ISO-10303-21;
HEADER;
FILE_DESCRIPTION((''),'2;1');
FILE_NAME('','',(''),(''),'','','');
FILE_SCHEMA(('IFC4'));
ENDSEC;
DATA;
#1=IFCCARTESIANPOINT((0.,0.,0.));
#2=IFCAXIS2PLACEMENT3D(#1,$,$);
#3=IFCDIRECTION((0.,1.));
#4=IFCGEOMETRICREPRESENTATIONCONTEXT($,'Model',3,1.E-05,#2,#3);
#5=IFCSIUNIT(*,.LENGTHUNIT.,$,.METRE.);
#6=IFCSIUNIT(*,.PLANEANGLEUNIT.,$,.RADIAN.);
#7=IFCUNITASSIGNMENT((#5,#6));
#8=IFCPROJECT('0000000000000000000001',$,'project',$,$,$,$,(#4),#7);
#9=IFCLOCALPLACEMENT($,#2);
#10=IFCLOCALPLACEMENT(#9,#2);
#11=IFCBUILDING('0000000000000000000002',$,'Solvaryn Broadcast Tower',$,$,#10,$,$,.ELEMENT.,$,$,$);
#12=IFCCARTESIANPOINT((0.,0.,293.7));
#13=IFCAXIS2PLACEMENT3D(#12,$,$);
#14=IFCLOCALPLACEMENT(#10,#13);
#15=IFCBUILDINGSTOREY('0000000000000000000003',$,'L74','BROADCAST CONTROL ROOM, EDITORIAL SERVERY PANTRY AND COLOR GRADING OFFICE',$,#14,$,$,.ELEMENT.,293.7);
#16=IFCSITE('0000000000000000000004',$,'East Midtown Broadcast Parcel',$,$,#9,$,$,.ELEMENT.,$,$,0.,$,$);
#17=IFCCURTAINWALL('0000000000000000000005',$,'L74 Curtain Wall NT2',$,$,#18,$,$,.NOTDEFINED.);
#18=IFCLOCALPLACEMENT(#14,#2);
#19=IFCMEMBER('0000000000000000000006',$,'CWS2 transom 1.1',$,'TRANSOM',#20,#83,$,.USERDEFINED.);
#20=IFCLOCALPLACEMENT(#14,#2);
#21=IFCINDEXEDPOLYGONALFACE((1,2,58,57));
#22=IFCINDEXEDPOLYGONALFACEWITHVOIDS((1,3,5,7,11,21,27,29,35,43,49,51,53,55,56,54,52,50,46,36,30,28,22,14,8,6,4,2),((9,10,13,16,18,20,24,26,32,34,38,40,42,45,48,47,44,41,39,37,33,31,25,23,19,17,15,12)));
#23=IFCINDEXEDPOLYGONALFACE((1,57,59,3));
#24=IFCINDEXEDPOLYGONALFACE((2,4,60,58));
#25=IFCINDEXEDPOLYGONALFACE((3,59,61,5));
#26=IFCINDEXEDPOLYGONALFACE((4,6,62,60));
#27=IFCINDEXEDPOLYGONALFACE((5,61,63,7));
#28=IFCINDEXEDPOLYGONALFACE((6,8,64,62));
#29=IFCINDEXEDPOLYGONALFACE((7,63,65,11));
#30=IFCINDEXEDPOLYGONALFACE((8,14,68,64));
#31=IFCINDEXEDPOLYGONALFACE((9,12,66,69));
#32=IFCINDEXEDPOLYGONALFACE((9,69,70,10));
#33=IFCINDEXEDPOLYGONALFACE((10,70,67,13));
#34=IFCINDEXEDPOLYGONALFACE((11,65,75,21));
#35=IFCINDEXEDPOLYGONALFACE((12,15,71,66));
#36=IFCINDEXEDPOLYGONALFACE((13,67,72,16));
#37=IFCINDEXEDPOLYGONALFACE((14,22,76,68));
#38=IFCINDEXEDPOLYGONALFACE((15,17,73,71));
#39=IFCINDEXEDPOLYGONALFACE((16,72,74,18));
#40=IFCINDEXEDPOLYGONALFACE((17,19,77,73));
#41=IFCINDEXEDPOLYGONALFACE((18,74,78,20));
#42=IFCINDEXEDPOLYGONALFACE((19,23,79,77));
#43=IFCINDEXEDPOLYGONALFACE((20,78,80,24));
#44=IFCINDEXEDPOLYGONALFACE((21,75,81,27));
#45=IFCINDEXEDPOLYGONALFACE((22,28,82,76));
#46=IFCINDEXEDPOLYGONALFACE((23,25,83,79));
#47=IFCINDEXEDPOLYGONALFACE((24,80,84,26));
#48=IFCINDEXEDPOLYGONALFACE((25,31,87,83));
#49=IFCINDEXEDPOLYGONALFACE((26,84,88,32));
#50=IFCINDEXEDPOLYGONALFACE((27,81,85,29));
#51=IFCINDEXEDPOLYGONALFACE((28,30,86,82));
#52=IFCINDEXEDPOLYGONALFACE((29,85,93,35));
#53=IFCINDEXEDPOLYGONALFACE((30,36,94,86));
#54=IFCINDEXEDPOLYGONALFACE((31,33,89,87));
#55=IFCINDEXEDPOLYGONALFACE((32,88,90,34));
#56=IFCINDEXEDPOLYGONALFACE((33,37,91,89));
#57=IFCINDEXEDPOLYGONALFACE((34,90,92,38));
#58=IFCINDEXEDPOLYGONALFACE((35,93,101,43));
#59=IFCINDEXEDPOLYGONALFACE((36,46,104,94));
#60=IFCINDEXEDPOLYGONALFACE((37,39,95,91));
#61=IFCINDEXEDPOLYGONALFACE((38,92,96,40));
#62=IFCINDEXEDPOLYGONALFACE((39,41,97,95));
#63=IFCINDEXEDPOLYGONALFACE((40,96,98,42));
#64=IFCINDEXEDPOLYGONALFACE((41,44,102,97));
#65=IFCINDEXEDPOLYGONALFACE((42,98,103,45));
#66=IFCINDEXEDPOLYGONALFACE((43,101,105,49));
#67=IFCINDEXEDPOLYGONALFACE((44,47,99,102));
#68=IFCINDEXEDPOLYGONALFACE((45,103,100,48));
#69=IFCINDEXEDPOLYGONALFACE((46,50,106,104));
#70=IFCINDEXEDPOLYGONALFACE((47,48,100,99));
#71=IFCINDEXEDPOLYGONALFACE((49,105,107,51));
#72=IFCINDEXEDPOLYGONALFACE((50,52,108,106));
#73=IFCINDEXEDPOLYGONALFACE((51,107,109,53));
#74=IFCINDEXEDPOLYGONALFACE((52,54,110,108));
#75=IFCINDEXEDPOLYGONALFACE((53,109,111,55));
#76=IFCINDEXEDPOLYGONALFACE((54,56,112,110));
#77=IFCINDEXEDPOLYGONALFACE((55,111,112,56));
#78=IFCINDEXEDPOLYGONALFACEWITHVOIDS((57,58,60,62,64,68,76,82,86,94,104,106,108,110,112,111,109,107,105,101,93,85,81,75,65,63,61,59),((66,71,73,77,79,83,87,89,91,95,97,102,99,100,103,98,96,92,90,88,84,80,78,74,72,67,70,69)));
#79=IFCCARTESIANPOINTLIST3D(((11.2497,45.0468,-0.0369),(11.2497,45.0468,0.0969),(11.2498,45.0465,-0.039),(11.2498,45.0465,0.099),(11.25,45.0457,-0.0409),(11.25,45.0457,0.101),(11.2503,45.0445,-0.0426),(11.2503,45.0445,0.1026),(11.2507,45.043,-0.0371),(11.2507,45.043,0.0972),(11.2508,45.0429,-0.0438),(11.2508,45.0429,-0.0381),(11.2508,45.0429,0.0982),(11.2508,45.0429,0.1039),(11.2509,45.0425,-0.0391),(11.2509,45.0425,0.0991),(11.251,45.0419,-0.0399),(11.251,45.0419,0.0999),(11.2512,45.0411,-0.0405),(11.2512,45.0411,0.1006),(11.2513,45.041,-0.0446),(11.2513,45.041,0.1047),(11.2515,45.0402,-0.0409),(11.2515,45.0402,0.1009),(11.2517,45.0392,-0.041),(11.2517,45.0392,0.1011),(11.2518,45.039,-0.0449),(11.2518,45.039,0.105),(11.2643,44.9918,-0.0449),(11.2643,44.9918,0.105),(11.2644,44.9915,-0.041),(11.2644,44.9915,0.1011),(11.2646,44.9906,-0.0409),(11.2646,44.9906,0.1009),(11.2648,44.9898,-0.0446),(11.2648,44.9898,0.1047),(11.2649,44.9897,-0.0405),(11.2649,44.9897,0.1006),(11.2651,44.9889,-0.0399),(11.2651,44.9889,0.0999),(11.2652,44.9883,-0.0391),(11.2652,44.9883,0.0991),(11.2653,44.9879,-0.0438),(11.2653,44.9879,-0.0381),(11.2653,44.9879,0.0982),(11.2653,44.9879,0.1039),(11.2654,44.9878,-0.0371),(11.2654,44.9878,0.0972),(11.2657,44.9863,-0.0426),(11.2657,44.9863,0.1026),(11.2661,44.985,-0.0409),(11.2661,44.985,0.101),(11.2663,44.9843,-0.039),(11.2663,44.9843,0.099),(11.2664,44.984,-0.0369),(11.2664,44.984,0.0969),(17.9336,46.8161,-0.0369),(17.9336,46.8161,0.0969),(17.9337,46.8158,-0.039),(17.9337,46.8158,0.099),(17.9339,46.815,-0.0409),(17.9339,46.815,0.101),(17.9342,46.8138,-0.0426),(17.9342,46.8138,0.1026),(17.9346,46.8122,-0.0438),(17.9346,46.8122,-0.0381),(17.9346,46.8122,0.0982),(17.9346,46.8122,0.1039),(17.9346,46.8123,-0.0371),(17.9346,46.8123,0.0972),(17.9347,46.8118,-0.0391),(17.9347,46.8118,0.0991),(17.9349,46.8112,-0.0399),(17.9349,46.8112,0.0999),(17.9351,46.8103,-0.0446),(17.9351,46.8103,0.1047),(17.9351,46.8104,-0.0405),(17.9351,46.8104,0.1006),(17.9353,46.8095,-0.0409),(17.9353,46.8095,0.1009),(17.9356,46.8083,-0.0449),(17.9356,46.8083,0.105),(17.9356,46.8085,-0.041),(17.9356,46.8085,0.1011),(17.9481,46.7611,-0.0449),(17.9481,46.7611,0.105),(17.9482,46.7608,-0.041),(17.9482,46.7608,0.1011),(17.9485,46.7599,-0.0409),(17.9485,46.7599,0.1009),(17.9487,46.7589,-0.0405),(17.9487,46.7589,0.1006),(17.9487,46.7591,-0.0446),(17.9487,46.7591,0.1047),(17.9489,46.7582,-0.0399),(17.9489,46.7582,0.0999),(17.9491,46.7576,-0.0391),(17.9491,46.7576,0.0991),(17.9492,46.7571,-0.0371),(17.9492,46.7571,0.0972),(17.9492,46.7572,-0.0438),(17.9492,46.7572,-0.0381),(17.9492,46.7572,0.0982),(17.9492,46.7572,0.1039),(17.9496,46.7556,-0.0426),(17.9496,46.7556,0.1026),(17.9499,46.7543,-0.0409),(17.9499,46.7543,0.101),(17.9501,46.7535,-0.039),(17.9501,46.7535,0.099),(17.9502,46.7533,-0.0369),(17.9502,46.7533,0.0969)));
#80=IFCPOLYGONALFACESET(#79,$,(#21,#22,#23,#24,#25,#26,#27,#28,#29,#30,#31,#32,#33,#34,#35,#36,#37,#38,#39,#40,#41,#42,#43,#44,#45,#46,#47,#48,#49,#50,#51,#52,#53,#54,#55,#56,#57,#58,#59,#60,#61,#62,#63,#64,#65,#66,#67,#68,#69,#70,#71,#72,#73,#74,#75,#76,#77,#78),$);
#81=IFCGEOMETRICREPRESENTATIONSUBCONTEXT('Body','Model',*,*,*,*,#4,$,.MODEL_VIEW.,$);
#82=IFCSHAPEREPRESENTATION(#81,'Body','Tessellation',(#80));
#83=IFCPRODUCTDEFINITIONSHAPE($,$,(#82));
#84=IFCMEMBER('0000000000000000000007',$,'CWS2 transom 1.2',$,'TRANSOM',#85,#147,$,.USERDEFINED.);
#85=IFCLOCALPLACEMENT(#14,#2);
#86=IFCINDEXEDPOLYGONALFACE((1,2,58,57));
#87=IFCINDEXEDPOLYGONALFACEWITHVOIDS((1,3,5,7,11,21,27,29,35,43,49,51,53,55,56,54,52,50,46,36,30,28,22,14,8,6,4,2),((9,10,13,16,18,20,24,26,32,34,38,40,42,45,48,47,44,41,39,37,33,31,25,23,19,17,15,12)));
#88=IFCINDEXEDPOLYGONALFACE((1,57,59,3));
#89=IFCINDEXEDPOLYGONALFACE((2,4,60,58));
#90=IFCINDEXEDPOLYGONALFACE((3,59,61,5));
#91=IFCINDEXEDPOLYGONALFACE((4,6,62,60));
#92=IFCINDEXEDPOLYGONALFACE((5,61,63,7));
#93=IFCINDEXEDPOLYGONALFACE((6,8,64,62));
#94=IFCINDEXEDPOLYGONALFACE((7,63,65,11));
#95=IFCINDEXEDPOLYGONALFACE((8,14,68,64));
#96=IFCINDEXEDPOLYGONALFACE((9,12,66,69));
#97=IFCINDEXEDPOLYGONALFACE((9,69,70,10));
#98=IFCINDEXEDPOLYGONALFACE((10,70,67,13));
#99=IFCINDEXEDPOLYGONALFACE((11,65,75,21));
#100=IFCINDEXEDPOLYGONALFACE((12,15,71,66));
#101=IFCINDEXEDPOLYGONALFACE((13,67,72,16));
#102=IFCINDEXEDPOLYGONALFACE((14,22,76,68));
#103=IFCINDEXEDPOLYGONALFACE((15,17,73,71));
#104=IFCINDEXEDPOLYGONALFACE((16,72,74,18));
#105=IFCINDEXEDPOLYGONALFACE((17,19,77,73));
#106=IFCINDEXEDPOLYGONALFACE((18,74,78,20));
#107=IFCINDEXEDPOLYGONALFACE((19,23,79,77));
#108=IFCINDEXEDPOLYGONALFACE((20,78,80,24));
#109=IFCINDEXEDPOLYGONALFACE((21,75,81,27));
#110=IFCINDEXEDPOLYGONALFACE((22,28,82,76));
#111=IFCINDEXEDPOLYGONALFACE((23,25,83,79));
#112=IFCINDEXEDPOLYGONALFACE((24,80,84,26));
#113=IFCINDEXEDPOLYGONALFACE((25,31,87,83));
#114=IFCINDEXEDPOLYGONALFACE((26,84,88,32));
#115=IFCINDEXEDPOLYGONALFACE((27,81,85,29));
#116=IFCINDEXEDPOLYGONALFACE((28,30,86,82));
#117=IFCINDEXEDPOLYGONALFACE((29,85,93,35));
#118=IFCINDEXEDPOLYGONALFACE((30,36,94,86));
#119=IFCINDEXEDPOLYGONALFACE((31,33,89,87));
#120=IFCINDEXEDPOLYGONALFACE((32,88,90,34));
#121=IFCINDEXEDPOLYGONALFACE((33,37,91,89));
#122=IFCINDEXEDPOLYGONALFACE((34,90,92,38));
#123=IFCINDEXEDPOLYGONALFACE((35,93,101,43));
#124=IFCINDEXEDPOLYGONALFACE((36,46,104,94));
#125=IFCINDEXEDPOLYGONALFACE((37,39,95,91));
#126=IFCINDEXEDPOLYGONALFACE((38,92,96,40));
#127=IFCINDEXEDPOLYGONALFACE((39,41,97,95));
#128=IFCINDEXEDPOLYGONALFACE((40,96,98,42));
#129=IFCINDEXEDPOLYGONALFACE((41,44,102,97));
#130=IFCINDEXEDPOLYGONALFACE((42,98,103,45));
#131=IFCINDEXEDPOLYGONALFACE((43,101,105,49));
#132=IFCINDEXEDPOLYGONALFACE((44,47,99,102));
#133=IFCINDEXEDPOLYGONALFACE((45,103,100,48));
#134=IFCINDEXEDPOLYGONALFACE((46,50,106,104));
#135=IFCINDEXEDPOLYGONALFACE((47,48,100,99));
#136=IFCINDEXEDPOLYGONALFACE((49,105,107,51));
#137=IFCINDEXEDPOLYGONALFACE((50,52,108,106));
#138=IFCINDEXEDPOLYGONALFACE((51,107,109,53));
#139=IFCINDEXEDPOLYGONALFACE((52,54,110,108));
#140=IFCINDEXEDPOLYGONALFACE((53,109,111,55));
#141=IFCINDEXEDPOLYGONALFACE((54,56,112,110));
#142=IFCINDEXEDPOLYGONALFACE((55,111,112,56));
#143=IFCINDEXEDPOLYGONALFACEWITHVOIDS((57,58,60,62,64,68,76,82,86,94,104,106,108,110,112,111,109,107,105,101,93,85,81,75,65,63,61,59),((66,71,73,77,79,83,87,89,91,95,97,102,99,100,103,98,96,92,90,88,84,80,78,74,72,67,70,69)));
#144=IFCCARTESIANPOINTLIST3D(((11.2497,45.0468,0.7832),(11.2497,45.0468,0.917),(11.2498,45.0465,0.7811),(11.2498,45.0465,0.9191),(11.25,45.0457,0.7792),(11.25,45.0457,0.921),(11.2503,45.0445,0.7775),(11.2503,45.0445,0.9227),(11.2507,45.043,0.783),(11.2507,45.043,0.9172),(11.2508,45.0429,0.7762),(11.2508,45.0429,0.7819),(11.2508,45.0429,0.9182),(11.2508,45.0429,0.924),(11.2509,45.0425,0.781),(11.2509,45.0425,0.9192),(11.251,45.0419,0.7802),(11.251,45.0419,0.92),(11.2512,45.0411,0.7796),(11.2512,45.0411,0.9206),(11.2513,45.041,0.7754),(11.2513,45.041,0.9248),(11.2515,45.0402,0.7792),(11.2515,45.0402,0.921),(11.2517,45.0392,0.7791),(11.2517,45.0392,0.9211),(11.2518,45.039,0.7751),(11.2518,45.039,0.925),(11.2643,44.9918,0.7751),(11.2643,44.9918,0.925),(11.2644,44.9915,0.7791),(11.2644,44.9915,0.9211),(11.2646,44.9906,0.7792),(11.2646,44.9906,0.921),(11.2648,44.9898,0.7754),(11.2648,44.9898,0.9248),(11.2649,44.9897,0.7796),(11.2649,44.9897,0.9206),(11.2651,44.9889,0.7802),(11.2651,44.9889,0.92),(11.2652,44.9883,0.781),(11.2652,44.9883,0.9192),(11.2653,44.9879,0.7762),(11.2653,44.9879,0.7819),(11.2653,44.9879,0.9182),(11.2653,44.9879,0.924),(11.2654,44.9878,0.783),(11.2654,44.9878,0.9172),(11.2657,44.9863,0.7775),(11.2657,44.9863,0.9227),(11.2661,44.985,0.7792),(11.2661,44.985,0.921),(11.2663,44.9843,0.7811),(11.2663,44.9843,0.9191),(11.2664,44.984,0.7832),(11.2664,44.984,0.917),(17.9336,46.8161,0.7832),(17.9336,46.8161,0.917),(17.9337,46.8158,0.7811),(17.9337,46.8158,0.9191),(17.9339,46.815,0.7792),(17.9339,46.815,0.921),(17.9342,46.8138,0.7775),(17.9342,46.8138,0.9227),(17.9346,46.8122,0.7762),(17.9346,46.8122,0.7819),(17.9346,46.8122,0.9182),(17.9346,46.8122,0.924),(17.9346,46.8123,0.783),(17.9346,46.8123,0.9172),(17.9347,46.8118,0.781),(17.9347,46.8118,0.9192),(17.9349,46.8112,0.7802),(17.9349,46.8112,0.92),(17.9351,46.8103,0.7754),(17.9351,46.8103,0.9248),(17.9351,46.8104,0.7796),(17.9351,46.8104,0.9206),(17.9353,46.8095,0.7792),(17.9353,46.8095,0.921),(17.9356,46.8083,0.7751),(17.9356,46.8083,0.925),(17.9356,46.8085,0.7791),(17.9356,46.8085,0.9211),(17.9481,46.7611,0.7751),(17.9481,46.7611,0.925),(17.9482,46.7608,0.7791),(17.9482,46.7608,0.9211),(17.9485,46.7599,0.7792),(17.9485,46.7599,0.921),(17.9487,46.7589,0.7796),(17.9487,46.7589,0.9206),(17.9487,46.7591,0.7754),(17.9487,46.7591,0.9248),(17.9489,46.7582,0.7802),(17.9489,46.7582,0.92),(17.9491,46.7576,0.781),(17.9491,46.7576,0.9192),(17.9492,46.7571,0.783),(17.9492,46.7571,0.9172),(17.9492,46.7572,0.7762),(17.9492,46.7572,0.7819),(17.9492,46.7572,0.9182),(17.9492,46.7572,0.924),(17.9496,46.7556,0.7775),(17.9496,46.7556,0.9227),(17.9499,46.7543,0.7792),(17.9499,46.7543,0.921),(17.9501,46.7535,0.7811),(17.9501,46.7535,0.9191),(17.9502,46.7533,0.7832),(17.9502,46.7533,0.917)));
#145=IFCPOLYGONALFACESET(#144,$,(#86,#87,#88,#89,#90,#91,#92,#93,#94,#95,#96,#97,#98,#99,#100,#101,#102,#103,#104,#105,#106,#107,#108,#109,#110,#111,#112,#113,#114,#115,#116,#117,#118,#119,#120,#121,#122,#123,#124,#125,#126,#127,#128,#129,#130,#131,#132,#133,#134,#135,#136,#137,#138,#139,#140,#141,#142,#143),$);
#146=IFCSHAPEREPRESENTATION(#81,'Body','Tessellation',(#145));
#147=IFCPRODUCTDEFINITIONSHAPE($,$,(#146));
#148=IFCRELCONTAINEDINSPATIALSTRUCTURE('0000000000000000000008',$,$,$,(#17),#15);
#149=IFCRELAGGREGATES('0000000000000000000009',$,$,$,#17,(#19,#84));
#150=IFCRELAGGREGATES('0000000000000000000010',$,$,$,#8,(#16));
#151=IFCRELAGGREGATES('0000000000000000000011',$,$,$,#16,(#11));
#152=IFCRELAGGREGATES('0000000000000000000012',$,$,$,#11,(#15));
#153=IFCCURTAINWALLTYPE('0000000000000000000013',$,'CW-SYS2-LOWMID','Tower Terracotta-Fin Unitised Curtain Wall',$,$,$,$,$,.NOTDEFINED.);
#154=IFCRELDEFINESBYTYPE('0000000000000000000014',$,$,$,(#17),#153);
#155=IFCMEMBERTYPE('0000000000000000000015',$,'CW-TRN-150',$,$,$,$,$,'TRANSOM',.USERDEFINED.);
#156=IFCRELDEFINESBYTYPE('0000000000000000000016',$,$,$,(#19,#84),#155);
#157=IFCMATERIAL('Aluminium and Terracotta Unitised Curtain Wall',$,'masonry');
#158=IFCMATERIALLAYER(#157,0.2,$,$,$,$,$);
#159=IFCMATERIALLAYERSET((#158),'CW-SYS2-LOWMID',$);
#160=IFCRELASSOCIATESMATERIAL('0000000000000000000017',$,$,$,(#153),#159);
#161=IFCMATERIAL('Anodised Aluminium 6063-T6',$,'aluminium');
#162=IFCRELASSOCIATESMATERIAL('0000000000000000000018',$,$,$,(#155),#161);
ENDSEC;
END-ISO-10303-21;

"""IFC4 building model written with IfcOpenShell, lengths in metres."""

from ifc_helpers import new_model, si_unit, direction, frame, origin, origin_2d, place, context, subcontext, project, spatial, hollow_rectangle, extrude, material, layer, layer_set, material_profile, profile_set, type_object, element, aggregate, save


model = new_model("IFC4")

# Units and contexts
model_context = context("Model", 3, precision=1e-05, world=origin(), true_north=direction((0.0, 1.0)))
body_context = subcontext(model_context, "Body", "Model", "MODEL_VIEW")
ifc_project = project(units=[si_unit("LENGTHUNIT", "METRE"), si_unit("PLANEANGLEUNIT", "RADIAN")], contexts=[model_context])

# Site, building, storey
site_placement = place(None, origin())
site = spatial("IfcSite", under=ifc_project, at=site_placement, Name="East Midtown Broadcast Parcel", CompositionType="ELEMENT", RefElevation=0.0)
building_placement = place(site_placement, origin())
building = spatial("IfcBuilding", under=site, at=building_placement, Name="Solvaryn Broadcast Tower", CompositionType="ELEMENT")
storey_placement = place(building_placement, frame((0.0, 0.0, 293.7)))
storey = spatial("IfcBuildingStorey", under=building, at=storey_placement, Name="L74", Description="BROADCAST CONTROL ROOM, EDITORIAL SERVERY PANTRY AND COLOR GRADING OFFICE", CompositionType="ELEMENT", Elevation=293.7)

# Shared definitions
ifc_material_1 = material(Name="Aluminium and Terracotta Unitised Curtain Wall", Category="masonry")
ifc_layer_1 = layer(ifc_material_1, 0.2)
ifc_layer_set_1 = layer_set([ifc_layer_1], Name="CW-SYS2-LOWMID")
curtain_wall_type = type_object("IfcCurtainWallType", Name="CW-SYS2-LOWMID", Description="Tower Terracotta-Fin Unitised Curtain Wall", PredefinedType="NOTDEFINED", material=ifc_layer_set_1)

# Curtain wall
curtain_wall_1_placement = place(storey_placement, origin())
curtain_wall_1 = element("IfcCurtainWall", 1, at=curtain_wall_1_placement, inside=storey, type_object=curtain_wall_type, Name="L74 Curtain Wall NT2", PredefinedType="NOTDEFINED")

# Members
ifc_material_2 = material(Name="Anodised Aluminium 6063-T6", Category="aluminium")
ifc_material_profile_1 = material_profile(ifc_material_2, hollow_rectangle(XDim=0.0649, YDim=0.1499, WallThickness=0.0039, InnerFilletRadius=0.0039, OuterFilletRadius=0.0081, at=origin_2d()))
ifc_profile_set_1 = profile_set([ifc_material_profile_1], Name="Anodised Aluminium 6063-T6")
member_type_1 = type_object("IfcMemberType", Name="CW-TRN-150", ElementType="TRANSOM", PredefinedType="USERDEFINED", material=ifc_profile_set_1)
member_1_placement = place(storey_placement, frame((17.9419, 46.7847, 0.03), z_axis=(-0.966704, -0.255897, 0.0), x_axis=(0.255897, -0.966704, 0.0)))
member_1 = element("IfcMember", 2, at=member_1_placement, type_object=member_type_1, Name="CWS2 transom 1.1", ObjectType="TRANSOM", PredefinedType="USERDEFINED", context=body_context, shape_type="SweptSolid", body=[
    extrude(hollow_rectangle(XDim=0.0649, YDim=0.1499, WallThickness=0.0039, InnerFilletRadius=0.0039, OuterFilletRadius=0.0081, at=origin_2d()), origin(), (0.0, 0.0, 1.0), 6.9141),
])
member_2_placement = place(storey_placement, frame((17.9419, 46.7847, 0.8501), z_axis=(-0.966704, -0.255897, 0.0), x_axis=(0.255897, -0.966704, 0.0)))
member_2 = element("IfcMember", 3, at=member_2_placement, type_object=member_type_1, Name="CWS2 transom 1.2", ObjectType="TRANSOM", PredefinedType="USERDEFINED", context=body_context, shape_type="SweptSolid", body=[
    extrude(hollow_rectangle(XDim=0.0649, YDim=0.1499, WallThickness=0.0039, InnerFilletRadius=0.0039, OuterFilletRadius=0.0081, at=origin_2d()), origin(), (0.0, 0.0, 1.0), 6.9141),
])

aggregate(curtain_wall_1, [member_1, member_2])

save(model, "model.ifc")
